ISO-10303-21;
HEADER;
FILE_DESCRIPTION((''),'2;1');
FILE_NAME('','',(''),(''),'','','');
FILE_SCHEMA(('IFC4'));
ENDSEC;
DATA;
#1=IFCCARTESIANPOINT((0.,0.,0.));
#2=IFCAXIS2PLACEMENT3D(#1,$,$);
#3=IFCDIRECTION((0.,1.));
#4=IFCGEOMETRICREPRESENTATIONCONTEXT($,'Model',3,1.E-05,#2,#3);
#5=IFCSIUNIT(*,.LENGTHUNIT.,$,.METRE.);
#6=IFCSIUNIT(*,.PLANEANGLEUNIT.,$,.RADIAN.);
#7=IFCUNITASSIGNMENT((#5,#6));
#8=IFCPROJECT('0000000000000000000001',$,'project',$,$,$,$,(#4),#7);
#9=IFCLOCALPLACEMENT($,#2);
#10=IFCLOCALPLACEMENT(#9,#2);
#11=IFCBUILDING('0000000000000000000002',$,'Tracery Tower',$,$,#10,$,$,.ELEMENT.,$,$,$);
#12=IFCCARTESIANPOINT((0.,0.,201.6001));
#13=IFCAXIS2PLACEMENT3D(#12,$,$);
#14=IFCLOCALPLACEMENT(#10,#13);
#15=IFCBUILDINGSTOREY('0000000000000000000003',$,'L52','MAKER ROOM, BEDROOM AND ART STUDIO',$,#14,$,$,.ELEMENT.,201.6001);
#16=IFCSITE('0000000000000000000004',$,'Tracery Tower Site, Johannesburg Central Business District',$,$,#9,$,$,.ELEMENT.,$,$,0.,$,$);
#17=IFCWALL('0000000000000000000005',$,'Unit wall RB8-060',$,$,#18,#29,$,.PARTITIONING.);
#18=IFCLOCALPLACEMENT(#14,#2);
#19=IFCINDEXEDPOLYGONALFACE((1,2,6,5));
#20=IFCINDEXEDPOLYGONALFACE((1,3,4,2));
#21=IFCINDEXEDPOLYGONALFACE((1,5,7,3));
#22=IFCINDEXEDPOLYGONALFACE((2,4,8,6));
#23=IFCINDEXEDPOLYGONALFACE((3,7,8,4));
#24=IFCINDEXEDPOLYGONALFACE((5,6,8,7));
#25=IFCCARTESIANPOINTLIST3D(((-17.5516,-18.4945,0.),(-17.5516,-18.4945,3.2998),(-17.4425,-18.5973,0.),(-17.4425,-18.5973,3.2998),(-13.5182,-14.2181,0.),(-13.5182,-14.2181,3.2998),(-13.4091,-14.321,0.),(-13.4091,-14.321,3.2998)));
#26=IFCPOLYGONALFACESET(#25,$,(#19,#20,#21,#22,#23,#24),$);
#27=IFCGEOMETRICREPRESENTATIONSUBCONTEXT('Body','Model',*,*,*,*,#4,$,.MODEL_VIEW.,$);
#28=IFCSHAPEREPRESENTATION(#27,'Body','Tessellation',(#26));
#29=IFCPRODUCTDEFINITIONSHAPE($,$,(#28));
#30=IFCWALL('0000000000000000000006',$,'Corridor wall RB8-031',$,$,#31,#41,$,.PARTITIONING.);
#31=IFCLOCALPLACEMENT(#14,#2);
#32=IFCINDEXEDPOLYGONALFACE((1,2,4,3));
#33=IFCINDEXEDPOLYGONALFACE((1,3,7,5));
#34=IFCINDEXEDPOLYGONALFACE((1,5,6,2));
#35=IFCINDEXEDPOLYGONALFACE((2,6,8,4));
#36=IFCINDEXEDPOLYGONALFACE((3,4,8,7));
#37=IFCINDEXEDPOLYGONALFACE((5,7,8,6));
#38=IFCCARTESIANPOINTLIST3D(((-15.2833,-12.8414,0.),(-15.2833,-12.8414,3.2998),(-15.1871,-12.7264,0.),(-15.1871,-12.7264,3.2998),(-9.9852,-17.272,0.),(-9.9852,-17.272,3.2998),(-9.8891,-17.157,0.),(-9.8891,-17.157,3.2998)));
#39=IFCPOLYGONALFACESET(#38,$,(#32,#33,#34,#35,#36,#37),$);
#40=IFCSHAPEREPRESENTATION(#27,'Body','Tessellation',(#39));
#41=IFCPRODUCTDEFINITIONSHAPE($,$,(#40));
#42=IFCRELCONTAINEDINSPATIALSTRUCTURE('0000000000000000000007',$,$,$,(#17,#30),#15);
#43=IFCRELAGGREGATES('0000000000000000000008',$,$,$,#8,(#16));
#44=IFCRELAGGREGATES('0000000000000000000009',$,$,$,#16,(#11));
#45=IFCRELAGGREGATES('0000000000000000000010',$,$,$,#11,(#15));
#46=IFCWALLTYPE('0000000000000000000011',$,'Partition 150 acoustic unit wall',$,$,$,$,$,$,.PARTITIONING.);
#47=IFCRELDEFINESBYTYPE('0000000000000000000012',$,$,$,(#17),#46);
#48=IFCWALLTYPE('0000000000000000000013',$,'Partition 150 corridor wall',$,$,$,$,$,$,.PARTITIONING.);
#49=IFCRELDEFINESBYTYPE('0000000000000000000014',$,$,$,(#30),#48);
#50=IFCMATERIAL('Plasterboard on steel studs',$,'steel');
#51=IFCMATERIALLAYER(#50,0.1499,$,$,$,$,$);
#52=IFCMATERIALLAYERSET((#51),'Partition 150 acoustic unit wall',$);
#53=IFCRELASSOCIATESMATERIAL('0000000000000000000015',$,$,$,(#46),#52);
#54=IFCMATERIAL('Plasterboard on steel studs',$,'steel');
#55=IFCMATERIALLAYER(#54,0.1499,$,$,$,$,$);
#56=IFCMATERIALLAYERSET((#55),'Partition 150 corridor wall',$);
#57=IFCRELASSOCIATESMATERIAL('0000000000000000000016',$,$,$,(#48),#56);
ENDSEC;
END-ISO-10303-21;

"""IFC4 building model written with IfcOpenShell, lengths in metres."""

from ifc_helpers import new_model, si_unit, direction, frame, frame_2d, origin, place, context, subcontext, project, spatial, rectangle, extrude, material, layer, layer_set, type_object, element, save


model = new_model("IFC4")

# Units and contexts
model_context = context("Model", 3, precision=1e-05, world=origin(), true_north=direction((0.0, 1.0)))
body_context = subcontext(model_context, "Body", "Model", "MODEL_VIEW")
ifc_project = project(units=[si_unit("LENGTHUNIT", "METRE"), si_unit("PLANEANGLEUNIT", "RADIAN")], contexts=[model_context])

# Site, building, storey
site_placement = place(None, origin())
site = spatial("IfcSite", under=ifc_project, at=site_placement, Name="Tracery Tower Site, Johannesburg Central Business District", CompositionType="ELEMENT", RefElevation=0.0)
building_placement = place(site_placement, origin())
building = spatial("IfcBuilding", under=site, at=building_placement, Name="Tracery Tower", CompositionType="ELEMENT")
storey_placement = place(building_placement, frame((0.0, 0.0, 201.6001)))
storey = spatial("IfcBuildingStorey", under=building, at=storey_placement, Name="L52", Description="MAKER ROOM, BEDROOM AND ART STUDIO", CompositionType="ELEMENT", Elevation=201.6001)

# Walls
ifc_material_1 = material(Name="Plasterboard on steel studs", Category="steel")
ifc_layer_1 = layer(ifc_material_1, 0.1499)
ifc_layer_set_1 = layer_set([ifc_layer_1], Name="Partition 150 acoustic unit wall")
wall_type_1 = type_object("IfcWallType", Name="Partition 150 acoustic unit wall", PredefinedType="PARTITIONING", material=ifc_layer_set_1)
wall_1_placement = place(storey_placement, frame((-17.4971, -18.5459, 0.0), z_axis=(0.0, 0.0, 1.0), x_axis=(0.686143, 0.727467, 0.0)))
element("IfcWall", 1, at=wall_1_placement, inside=storey, type_object=wall_type_1, Name="Unit wall RB8-060", PredefinedType="PARTITIONING", context=body_context, shape_type="SweptSolid", body=[
    extrude(rectangle(XDim=5.8784, YDim=0.1499, at=frame_2d((2.9392, 0.0))), origin(), (0.0, 0.0, 1.0), 3.2998),
])
ifc_material_2 = material(Name="Plasterboard on steel studs", Category="steel")
ifc_layer_2 = layer(ifc_material_2, 0.1499)
ifc_layer_set_2 = layer_set([ifc_layer_2], Name="Partition 150 corridor wall")
wall_type_2 = type_object("IfcWallType", Name="Partition 150 corridor wall", PredefinedType="PARTITIONING", material=ifc_layer_set_2)
wall_2_placement = place(storey_placement, frame((-15.2351, -12.7839, 0.0), z_axis=(0.0, 0.0, 1.0), x_axis=(0.76711, -0.641515, 0.0)))
element("IfcWall", 2, at=wall_2_placement, inside=storey, type_object=wall_type_2, Name="Corridor wall RB8-031", PredefinedType="PARTITIONING", context=body_context, shape_type="SweptSolid", body=[
    extrude(rectangle(XDim=6.9065, YDim=0.1499, at=frame_2d((3.4531, 0.0))), origin(), (0.0, 0.0, 1.0), 3.2998),
])

save(model, "model.ifc")
